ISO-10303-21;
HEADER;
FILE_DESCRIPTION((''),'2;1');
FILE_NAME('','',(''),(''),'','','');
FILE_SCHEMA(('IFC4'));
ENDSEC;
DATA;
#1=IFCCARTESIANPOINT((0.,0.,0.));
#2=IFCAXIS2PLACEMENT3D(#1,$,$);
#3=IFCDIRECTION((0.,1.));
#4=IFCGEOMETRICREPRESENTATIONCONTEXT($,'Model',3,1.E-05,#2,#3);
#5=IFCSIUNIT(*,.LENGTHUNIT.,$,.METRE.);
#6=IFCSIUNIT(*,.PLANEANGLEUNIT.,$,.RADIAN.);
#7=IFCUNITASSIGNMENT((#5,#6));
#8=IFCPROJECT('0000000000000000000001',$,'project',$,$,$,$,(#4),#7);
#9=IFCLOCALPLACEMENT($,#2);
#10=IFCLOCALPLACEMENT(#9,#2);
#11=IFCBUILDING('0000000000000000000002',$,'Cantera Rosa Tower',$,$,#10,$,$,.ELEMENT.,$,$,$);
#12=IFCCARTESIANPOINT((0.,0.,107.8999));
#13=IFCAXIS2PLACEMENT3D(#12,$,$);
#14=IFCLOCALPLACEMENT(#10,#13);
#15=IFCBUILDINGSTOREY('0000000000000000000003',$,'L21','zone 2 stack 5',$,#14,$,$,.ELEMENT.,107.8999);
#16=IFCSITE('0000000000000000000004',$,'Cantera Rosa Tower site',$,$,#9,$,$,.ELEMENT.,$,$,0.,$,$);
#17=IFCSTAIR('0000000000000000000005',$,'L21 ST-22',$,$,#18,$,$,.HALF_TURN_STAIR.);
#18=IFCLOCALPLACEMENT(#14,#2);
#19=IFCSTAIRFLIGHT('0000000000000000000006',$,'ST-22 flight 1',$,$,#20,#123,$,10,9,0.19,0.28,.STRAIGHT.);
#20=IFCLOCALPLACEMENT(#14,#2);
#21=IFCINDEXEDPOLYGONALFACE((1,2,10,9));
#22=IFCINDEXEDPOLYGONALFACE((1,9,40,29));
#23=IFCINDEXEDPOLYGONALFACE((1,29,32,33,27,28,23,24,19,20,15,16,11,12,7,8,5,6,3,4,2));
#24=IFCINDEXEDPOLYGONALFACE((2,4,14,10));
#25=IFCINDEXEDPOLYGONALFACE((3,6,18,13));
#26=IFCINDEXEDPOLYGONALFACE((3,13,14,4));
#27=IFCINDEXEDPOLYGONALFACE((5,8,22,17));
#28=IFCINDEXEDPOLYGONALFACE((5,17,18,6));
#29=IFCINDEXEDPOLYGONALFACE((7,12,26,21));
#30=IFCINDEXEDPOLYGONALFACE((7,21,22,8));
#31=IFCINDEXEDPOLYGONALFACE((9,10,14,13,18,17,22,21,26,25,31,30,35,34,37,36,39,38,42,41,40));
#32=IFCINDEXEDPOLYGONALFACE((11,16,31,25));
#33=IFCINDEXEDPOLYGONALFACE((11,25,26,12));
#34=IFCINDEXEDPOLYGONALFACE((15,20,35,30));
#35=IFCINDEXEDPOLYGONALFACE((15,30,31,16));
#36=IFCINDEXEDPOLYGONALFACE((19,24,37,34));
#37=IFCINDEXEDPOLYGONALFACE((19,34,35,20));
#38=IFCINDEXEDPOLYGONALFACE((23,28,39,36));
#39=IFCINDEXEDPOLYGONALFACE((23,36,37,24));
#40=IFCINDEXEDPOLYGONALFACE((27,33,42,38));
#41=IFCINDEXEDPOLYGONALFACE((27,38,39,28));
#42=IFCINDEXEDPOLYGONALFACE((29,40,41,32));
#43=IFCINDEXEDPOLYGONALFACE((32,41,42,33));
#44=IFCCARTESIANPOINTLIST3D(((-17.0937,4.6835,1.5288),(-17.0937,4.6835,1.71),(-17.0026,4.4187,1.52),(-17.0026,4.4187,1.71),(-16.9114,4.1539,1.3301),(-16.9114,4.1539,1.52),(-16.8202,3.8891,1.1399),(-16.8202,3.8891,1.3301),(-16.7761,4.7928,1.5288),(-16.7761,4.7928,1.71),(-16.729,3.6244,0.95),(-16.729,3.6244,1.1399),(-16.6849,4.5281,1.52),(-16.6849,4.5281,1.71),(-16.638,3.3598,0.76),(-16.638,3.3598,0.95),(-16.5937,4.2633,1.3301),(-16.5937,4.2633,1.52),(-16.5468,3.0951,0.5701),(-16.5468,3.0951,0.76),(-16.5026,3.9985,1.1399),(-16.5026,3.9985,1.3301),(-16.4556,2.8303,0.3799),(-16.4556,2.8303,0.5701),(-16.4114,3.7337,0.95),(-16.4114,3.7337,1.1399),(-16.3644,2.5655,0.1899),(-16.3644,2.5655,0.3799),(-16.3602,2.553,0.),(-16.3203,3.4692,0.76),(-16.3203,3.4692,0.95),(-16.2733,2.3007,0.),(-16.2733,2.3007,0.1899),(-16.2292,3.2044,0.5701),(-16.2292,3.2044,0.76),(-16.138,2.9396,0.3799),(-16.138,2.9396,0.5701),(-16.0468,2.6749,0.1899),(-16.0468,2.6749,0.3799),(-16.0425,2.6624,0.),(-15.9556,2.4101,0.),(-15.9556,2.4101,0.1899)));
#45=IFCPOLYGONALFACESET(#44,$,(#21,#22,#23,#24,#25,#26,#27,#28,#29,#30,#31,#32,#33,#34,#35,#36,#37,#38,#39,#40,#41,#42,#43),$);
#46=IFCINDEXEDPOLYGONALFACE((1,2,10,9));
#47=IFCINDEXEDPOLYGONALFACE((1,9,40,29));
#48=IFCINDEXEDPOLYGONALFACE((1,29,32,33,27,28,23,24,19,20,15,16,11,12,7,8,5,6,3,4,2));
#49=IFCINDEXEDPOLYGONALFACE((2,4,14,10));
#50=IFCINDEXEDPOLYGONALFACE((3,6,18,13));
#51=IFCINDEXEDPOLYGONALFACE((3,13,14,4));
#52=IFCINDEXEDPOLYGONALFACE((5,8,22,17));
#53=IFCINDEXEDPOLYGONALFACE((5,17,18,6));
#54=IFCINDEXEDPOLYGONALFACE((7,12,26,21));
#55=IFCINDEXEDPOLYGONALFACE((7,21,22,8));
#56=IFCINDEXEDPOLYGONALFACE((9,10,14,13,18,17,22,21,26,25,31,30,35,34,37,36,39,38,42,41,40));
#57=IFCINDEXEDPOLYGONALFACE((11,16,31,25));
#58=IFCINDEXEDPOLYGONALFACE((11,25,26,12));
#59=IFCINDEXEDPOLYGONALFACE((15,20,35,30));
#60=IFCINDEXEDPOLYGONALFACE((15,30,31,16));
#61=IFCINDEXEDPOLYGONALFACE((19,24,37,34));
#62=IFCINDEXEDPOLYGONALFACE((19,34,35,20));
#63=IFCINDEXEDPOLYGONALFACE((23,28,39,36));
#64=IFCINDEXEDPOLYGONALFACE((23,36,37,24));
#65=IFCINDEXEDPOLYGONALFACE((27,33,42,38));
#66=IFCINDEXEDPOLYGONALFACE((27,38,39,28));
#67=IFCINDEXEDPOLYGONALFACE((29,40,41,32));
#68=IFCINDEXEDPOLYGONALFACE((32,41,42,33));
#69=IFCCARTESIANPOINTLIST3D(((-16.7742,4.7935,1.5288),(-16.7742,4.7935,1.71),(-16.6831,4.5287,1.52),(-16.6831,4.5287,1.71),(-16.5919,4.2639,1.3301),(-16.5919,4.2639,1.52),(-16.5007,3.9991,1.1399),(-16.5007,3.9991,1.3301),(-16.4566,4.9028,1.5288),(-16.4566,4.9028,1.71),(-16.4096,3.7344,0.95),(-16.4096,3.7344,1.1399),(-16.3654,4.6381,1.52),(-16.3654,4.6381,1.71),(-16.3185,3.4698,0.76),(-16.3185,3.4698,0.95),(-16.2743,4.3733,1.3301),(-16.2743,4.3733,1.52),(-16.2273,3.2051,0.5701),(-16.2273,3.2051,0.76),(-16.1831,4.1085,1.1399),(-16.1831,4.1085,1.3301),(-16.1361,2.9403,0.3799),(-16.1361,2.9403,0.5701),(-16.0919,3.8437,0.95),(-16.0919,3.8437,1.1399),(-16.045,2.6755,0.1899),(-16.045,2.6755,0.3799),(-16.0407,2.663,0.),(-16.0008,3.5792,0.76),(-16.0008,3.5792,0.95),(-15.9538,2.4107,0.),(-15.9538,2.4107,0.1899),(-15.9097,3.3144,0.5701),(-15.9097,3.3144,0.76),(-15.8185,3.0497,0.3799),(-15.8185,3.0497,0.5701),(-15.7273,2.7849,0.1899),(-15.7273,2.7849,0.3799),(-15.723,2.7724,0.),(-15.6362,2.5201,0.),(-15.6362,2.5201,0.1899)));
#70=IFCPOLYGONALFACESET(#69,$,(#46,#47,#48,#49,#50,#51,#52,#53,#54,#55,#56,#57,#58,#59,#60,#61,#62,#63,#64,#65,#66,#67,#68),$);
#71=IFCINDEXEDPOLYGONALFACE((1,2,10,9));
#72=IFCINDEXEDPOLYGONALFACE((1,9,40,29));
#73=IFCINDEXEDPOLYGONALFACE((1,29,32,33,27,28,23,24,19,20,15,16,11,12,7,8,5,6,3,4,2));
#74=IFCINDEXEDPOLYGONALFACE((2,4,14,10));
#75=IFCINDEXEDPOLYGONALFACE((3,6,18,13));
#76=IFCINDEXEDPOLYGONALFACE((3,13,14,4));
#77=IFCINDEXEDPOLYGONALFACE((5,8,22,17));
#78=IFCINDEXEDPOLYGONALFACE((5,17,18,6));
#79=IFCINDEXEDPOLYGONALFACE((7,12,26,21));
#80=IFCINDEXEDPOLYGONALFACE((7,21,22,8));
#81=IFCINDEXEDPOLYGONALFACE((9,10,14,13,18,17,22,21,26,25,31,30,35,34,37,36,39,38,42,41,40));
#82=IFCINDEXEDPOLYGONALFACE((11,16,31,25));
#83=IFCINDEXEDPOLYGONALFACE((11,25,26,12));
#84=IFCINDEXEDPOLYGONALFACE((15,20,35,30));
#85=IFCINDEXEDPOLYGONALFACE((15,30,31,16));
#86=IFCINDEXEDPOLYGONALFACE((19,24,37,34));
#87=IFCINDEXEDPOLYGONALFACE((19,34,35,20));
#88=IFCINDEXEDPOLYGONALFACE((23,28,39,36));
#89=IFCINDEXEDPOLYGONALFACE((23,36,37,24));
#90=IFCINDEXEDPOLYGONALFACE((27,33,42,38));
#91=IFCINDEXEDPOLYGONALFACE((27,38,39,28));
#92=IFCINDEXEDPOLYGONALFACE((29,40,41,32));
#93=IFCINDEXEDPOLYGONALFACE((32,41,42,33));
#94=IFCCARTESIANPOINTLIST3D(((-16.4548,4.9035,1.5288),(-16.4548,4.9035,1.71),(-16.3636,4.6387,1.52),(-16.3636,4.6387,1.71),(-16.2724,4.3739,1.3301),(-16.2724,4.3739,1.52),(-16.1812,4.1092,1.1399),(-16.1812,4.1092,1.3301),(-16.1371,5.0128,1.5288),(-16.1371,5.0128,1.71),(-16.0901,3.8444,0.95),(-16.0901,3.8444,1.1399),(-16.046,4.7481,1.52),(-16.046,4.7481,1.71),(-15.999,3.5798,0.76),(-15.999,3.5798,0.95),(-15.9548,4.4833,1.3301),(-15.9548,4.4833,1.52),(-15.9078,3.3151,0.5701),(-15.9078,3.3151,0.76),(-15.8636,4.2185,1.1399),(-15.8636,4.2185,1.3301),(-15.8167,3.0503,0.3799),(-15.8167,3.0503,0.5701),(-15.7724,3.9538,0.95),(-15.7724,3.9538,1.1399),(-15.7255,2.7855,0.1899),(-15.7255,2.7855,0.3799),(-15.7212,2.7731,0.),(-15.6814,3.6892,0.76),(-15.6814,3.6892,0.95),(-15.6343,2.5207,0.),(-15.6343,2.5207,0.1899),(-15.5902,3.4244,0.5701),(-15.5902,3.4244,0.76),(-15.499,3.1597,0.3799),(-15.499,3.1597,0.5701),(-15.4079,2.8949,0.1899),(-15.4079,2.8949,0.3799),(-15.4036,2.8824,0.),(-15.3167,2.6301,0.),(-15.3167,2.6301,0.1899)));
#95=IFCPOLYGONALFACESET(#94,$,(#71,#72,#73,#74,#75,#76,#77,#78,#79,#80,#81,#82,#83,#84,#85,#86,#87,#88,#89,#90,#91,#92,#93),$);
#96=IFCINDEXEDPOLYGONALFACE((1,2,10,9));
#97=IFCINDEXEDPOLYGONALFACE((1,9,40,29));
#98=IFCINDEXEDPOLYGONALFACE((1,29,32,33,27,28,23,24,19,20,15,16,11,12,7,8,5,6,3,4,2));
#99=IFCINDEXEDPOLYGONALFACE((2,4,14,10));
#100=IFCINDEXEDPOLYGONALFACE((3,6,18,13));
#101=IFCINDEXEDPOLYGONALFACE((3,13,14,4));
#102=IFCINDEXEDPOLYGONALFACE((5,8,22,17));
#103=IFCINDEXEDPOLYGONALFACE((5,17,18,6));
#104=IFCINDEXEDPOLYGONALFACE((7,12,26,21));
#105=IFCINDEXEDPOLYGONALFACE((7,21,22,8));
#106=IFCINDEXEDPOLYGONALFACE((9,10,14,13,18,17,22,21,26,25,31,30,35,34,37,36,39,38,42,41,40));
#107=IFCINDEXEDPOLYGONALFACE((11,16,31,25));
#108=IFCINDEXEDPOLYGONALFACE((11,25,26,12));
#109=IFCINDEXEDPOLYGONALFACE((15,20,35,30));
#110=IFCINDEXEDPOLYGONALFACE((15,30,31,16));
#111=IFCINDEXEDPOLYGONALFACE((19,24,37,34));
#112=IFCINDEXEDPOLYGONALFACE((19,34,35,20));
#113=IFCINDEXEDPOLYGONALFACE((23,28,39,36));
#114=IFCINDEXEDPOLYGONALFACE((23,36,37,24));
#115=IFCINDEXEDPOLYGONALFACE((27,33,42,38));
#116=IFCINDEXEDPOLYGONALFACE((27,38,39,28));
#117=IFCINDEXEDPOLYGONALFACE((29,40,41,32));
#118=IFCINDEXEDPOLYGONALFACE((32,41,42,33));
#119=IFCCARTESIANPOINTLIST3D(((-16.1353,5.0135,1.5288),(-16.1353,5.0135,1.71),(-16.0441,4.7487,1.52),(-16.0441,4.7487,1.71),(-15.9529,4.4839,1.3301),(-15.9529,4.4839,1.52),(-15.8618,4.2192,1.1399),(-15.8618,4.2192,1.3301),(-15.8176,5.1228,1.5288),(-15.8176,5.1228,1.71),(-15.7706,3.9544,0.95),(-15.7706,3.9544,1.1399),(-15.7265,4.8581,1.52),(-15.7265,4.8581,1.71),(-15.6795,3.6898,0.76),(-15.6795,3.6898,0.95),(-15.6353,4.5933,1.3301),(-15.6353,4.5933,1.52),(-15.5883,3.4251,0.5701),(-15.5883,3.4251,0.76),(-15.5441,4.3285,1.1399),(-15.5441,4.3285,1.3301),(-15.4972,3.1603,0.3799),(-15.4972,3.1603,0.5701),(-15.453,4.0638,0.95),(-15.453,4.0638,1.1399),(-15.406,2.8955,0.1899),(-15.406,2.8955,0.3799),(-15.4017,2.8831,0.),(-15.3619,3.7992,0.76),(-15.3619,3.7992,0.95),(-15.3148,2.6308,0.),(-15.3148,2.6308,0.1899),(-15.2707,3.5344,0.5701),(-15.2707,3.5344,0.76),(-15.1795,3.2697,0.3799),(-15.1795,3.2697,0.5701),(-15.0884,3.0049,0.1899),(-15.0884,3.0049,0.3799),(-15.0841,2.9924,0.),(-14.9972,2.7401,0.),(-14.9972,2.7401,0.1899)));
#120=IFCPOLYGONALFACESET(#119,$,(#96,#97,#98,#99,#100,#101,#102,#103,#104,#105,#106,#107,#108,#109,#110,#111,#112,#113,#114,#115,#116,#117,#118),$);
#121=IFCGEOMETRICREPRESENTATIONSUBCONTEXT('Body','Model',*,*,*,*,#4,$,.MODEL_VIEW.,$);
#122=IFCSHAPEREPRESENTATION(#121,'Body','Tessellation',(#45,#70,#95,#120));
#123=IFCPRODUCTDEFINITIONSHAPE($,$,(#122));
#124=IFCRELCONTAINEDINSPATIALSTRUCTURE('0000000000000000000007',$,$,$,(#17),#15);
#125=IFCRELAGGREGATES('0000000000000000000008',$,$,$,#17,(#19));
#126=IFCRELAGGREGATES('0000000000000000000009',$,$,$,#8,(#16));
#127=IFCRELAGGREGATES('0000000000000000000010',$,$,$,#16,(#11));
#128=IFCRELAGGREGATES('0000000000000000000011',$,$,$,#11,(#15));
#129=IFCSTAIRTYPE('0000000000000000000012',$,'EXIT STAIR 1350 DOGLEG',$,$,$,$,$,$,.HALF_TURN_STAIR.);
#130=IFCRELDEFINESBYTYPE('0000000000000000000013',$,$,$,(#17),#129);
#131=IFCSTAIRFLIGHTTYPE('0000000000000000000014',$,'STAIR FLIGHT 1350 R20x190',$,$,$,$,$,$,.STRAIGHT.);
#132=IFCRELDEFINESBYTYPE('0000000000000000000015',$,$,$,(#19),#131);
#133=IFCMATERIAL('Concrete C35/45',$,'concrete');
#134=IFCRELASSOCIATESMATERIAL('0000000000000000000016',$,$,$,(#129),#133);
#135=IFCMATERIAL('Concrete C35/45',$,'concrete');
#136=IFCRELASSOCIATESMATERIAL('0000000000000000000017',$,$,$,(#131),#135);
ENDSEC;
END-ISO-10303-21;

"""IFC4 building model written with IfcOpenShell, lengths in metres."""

from ifc_helpers import new_model, si_unit, direction, frame, origin, place, context, subcontext, project, spatial, polyline, outline, extrude, material, type_object, element, aggregate, save


model = new_model("IFC4")

# Units and contexts
model_context = context("Model", 3, precision=1e-05, world=origin(), true_north=direction((0.0, 1.0)))
body_context = subcontext(model_context, "Body", "Model", "MODEL_VIEW")
ifc_project = project(units=[si_unit("LENGTHUNIT", "METRE"), si_unit("PLANEANGLEUNIT", "RADIAN")], contexts=[model_context])

# Site, building, storey
site_placement = place(None, origin())
site = spatial("IfcSite", under=ifc_project, at=site_placement, Name="Cantera Rosa Tower site", CompositionType="ELEMENT", RefElevation=0.0)
building_placement = place(site_placement, origin())
building = spatial("IfcBuilding", under=site, at=building_placement, Name="Cantera Rosa Tower", CompositionType="ELEMENT")
storey_placement = place(building_placement, frame((0.0, 0.0, 107.8999)))
storey = spatial("IfcBuildingStorey", under=building, at=storey_placement, Name="L21", Description="zone 2 stack 5", CompositionType="ELEMENT", Elevation=107.8999)

# Stair, stair flight
ifc_material_1 = material(Name="Concrete C35/45", Category="concrete")
stair_type = type_object("IfcStairType", Name="EXIT STAIR 1350 DOGLEG", PredefinedType="HALF_TURN_STAIR", material=ifc_material_1)
stair_placement = place(storey_placement, origin())
stair = element("IfcStair", 1, at=stair_placement, inside=storey, type_object=stair_type, Name="L21 ST-22", PredefinedType="HALF_TURN_STAIR")
ifc_material_2 = material(Name="Concrete C35/45", Category="concrete")
stair_flight_type = type_object("IfcStairFlightType", Name="STAIR FLIGHT 1350 R20x190", PredefinedType="STRAIGHT", material=ifc_material_2)
stair_flight_1_placement = place(storey_placement, frame((-15.635, 2.5205, 0.0), z_axis=(0.0, 0.0, 1.0), x_axis=(-0.325568, 0.945519, 0.0)))
stair_flight_1 = element("IfcStairFlight", 2, at=stair_flight_1_placement, type_object=stair_flight_type, Name="ST-22 flight 1", NumberOfRisers=10, NumberOfTreads=9, PredefinedType="STRAIGHT", RiserHeight=0.19, TreadLength=0.28, context=body_context, shape_type="SweptSolid", body=[
    extrude(outline(polyline([(0.0, 0.0), (0.0, 0.1899), (0.28, 0.1899), (0.28, 0.3799), (0.5601, 0.3799), (0.5601, 0.5701), (0.8401, 0.5701), (0.8401, 0.76), (1.1201, 0.76), (1.1201, 0.95), (1.3999, 0.95), (1.3999, 1.1399), (1.6799, 1.1399), (1.6799, 1.3301), (1.96, 1.3301), (1.96, 1.52), (2.24, 1.52), (2.24, 1.71), (2.52, 1.71), (2.52, 1.8999), (2.52, 1.5288), (0.2668, 0.0), (0.0, 0.0)])), frame((0.0, 0.675, 0.0), z_axis=(0.0, -1.0, 0.0), x_axis=(1.0, 0.0, 0.0)), (0.0, 0.0, 1.0), 0.3359),
    extrude(outline(polyline([(0.0, 0.0), (0.0, 0.1899), (0.28, 0.1899), (0.28, 0.3799), (0.5601, 0.3799), (0.5601, 0.5701), (0.8401, 0.5701), (0.8401, 0.76), (1.1201, 0.76), (1.1201, 0.95), (1.3999, 0.95), (1.3999, 1.1399), (1.6799, 1.1399), (1.6799, 1.3301), (1.96, 1.3301), (1.96, 1.52), (2.24, 1.52), (2.24, 1.71), (2.52, 1.71), (2.52, 1.8999), (2.52, 1.5288), (0.2668, 0.0), (0.0, 0.0)])), frame((0.0, 0.3372, 0.0), z_axis=(0.0, -1.0, 0.0), x_axis=(1.0, 0.0, 0.0)), (0.0, 0.0, 1.0), 0.3359),
    extrude(outline(polyline([(0.0, 0.0), (0.0, 0.1899), (0.28, 0.1899), (0.28, 0.3799), (0.5601, 0.3799), (0.5601, 0.5701), (0.8401, 0.5701), (0.8401, 0.76), (1.1201, 0.76), (1.1201, 0.95), (1.3999, 0.95), (1.3999, 1.1399), (1.6799, 1.1399), (1.6799, 1.3301), (1.96, 1.3301), (1.96, 1.52), (2.24, 1.52), (2.24, 1.71), (2.52, 1.71), (2.52, 1.8999), (2.52, 1.5288), (0.2668, 0.0), (0.0, 0.0)])), frame((0.0, -0.0007, 0.0), z_axis=(0.0, -1.0, 0.0), x_axis=(1.0, 0.0, 0.0)), (0.0, 0.0, 1.0), 0.3359),
    extrude(outline(polyline([(0.0, 0.0), (0.0, 0.1899), (0.28, 0.1899), (0.28, 0.3799), (0.5601, 0.3799), (0.5601, 0.5701), (0.8401, 0.5701), (0.8401, 0.76), (1.1201, 0.76), (1.1201, 0.95), (1.3999, 0.95), (1.3999, 1.1399), (1.6799, 1.1399), (1.6799, 1.3301), (1.96, 1.3301), (1.96, 1.52), (2.24, 1.52), (2.24, 1.71), (2.52, 1.71), (2.52, 1.8999), (2.52, 1.5288), (0.2668, 0.0), (0.0, 0.0)])), frame((0.0, -0.3386, 0.0), z_axis=(0.0, -1.0, 0.0), x_axis=(1.0, 0.0, 0.0)), (0.0, 0.0, 1.0), 0.3359),
])
aggregate(stair, [stair_flight_1])

save(model, "model.ifc")
